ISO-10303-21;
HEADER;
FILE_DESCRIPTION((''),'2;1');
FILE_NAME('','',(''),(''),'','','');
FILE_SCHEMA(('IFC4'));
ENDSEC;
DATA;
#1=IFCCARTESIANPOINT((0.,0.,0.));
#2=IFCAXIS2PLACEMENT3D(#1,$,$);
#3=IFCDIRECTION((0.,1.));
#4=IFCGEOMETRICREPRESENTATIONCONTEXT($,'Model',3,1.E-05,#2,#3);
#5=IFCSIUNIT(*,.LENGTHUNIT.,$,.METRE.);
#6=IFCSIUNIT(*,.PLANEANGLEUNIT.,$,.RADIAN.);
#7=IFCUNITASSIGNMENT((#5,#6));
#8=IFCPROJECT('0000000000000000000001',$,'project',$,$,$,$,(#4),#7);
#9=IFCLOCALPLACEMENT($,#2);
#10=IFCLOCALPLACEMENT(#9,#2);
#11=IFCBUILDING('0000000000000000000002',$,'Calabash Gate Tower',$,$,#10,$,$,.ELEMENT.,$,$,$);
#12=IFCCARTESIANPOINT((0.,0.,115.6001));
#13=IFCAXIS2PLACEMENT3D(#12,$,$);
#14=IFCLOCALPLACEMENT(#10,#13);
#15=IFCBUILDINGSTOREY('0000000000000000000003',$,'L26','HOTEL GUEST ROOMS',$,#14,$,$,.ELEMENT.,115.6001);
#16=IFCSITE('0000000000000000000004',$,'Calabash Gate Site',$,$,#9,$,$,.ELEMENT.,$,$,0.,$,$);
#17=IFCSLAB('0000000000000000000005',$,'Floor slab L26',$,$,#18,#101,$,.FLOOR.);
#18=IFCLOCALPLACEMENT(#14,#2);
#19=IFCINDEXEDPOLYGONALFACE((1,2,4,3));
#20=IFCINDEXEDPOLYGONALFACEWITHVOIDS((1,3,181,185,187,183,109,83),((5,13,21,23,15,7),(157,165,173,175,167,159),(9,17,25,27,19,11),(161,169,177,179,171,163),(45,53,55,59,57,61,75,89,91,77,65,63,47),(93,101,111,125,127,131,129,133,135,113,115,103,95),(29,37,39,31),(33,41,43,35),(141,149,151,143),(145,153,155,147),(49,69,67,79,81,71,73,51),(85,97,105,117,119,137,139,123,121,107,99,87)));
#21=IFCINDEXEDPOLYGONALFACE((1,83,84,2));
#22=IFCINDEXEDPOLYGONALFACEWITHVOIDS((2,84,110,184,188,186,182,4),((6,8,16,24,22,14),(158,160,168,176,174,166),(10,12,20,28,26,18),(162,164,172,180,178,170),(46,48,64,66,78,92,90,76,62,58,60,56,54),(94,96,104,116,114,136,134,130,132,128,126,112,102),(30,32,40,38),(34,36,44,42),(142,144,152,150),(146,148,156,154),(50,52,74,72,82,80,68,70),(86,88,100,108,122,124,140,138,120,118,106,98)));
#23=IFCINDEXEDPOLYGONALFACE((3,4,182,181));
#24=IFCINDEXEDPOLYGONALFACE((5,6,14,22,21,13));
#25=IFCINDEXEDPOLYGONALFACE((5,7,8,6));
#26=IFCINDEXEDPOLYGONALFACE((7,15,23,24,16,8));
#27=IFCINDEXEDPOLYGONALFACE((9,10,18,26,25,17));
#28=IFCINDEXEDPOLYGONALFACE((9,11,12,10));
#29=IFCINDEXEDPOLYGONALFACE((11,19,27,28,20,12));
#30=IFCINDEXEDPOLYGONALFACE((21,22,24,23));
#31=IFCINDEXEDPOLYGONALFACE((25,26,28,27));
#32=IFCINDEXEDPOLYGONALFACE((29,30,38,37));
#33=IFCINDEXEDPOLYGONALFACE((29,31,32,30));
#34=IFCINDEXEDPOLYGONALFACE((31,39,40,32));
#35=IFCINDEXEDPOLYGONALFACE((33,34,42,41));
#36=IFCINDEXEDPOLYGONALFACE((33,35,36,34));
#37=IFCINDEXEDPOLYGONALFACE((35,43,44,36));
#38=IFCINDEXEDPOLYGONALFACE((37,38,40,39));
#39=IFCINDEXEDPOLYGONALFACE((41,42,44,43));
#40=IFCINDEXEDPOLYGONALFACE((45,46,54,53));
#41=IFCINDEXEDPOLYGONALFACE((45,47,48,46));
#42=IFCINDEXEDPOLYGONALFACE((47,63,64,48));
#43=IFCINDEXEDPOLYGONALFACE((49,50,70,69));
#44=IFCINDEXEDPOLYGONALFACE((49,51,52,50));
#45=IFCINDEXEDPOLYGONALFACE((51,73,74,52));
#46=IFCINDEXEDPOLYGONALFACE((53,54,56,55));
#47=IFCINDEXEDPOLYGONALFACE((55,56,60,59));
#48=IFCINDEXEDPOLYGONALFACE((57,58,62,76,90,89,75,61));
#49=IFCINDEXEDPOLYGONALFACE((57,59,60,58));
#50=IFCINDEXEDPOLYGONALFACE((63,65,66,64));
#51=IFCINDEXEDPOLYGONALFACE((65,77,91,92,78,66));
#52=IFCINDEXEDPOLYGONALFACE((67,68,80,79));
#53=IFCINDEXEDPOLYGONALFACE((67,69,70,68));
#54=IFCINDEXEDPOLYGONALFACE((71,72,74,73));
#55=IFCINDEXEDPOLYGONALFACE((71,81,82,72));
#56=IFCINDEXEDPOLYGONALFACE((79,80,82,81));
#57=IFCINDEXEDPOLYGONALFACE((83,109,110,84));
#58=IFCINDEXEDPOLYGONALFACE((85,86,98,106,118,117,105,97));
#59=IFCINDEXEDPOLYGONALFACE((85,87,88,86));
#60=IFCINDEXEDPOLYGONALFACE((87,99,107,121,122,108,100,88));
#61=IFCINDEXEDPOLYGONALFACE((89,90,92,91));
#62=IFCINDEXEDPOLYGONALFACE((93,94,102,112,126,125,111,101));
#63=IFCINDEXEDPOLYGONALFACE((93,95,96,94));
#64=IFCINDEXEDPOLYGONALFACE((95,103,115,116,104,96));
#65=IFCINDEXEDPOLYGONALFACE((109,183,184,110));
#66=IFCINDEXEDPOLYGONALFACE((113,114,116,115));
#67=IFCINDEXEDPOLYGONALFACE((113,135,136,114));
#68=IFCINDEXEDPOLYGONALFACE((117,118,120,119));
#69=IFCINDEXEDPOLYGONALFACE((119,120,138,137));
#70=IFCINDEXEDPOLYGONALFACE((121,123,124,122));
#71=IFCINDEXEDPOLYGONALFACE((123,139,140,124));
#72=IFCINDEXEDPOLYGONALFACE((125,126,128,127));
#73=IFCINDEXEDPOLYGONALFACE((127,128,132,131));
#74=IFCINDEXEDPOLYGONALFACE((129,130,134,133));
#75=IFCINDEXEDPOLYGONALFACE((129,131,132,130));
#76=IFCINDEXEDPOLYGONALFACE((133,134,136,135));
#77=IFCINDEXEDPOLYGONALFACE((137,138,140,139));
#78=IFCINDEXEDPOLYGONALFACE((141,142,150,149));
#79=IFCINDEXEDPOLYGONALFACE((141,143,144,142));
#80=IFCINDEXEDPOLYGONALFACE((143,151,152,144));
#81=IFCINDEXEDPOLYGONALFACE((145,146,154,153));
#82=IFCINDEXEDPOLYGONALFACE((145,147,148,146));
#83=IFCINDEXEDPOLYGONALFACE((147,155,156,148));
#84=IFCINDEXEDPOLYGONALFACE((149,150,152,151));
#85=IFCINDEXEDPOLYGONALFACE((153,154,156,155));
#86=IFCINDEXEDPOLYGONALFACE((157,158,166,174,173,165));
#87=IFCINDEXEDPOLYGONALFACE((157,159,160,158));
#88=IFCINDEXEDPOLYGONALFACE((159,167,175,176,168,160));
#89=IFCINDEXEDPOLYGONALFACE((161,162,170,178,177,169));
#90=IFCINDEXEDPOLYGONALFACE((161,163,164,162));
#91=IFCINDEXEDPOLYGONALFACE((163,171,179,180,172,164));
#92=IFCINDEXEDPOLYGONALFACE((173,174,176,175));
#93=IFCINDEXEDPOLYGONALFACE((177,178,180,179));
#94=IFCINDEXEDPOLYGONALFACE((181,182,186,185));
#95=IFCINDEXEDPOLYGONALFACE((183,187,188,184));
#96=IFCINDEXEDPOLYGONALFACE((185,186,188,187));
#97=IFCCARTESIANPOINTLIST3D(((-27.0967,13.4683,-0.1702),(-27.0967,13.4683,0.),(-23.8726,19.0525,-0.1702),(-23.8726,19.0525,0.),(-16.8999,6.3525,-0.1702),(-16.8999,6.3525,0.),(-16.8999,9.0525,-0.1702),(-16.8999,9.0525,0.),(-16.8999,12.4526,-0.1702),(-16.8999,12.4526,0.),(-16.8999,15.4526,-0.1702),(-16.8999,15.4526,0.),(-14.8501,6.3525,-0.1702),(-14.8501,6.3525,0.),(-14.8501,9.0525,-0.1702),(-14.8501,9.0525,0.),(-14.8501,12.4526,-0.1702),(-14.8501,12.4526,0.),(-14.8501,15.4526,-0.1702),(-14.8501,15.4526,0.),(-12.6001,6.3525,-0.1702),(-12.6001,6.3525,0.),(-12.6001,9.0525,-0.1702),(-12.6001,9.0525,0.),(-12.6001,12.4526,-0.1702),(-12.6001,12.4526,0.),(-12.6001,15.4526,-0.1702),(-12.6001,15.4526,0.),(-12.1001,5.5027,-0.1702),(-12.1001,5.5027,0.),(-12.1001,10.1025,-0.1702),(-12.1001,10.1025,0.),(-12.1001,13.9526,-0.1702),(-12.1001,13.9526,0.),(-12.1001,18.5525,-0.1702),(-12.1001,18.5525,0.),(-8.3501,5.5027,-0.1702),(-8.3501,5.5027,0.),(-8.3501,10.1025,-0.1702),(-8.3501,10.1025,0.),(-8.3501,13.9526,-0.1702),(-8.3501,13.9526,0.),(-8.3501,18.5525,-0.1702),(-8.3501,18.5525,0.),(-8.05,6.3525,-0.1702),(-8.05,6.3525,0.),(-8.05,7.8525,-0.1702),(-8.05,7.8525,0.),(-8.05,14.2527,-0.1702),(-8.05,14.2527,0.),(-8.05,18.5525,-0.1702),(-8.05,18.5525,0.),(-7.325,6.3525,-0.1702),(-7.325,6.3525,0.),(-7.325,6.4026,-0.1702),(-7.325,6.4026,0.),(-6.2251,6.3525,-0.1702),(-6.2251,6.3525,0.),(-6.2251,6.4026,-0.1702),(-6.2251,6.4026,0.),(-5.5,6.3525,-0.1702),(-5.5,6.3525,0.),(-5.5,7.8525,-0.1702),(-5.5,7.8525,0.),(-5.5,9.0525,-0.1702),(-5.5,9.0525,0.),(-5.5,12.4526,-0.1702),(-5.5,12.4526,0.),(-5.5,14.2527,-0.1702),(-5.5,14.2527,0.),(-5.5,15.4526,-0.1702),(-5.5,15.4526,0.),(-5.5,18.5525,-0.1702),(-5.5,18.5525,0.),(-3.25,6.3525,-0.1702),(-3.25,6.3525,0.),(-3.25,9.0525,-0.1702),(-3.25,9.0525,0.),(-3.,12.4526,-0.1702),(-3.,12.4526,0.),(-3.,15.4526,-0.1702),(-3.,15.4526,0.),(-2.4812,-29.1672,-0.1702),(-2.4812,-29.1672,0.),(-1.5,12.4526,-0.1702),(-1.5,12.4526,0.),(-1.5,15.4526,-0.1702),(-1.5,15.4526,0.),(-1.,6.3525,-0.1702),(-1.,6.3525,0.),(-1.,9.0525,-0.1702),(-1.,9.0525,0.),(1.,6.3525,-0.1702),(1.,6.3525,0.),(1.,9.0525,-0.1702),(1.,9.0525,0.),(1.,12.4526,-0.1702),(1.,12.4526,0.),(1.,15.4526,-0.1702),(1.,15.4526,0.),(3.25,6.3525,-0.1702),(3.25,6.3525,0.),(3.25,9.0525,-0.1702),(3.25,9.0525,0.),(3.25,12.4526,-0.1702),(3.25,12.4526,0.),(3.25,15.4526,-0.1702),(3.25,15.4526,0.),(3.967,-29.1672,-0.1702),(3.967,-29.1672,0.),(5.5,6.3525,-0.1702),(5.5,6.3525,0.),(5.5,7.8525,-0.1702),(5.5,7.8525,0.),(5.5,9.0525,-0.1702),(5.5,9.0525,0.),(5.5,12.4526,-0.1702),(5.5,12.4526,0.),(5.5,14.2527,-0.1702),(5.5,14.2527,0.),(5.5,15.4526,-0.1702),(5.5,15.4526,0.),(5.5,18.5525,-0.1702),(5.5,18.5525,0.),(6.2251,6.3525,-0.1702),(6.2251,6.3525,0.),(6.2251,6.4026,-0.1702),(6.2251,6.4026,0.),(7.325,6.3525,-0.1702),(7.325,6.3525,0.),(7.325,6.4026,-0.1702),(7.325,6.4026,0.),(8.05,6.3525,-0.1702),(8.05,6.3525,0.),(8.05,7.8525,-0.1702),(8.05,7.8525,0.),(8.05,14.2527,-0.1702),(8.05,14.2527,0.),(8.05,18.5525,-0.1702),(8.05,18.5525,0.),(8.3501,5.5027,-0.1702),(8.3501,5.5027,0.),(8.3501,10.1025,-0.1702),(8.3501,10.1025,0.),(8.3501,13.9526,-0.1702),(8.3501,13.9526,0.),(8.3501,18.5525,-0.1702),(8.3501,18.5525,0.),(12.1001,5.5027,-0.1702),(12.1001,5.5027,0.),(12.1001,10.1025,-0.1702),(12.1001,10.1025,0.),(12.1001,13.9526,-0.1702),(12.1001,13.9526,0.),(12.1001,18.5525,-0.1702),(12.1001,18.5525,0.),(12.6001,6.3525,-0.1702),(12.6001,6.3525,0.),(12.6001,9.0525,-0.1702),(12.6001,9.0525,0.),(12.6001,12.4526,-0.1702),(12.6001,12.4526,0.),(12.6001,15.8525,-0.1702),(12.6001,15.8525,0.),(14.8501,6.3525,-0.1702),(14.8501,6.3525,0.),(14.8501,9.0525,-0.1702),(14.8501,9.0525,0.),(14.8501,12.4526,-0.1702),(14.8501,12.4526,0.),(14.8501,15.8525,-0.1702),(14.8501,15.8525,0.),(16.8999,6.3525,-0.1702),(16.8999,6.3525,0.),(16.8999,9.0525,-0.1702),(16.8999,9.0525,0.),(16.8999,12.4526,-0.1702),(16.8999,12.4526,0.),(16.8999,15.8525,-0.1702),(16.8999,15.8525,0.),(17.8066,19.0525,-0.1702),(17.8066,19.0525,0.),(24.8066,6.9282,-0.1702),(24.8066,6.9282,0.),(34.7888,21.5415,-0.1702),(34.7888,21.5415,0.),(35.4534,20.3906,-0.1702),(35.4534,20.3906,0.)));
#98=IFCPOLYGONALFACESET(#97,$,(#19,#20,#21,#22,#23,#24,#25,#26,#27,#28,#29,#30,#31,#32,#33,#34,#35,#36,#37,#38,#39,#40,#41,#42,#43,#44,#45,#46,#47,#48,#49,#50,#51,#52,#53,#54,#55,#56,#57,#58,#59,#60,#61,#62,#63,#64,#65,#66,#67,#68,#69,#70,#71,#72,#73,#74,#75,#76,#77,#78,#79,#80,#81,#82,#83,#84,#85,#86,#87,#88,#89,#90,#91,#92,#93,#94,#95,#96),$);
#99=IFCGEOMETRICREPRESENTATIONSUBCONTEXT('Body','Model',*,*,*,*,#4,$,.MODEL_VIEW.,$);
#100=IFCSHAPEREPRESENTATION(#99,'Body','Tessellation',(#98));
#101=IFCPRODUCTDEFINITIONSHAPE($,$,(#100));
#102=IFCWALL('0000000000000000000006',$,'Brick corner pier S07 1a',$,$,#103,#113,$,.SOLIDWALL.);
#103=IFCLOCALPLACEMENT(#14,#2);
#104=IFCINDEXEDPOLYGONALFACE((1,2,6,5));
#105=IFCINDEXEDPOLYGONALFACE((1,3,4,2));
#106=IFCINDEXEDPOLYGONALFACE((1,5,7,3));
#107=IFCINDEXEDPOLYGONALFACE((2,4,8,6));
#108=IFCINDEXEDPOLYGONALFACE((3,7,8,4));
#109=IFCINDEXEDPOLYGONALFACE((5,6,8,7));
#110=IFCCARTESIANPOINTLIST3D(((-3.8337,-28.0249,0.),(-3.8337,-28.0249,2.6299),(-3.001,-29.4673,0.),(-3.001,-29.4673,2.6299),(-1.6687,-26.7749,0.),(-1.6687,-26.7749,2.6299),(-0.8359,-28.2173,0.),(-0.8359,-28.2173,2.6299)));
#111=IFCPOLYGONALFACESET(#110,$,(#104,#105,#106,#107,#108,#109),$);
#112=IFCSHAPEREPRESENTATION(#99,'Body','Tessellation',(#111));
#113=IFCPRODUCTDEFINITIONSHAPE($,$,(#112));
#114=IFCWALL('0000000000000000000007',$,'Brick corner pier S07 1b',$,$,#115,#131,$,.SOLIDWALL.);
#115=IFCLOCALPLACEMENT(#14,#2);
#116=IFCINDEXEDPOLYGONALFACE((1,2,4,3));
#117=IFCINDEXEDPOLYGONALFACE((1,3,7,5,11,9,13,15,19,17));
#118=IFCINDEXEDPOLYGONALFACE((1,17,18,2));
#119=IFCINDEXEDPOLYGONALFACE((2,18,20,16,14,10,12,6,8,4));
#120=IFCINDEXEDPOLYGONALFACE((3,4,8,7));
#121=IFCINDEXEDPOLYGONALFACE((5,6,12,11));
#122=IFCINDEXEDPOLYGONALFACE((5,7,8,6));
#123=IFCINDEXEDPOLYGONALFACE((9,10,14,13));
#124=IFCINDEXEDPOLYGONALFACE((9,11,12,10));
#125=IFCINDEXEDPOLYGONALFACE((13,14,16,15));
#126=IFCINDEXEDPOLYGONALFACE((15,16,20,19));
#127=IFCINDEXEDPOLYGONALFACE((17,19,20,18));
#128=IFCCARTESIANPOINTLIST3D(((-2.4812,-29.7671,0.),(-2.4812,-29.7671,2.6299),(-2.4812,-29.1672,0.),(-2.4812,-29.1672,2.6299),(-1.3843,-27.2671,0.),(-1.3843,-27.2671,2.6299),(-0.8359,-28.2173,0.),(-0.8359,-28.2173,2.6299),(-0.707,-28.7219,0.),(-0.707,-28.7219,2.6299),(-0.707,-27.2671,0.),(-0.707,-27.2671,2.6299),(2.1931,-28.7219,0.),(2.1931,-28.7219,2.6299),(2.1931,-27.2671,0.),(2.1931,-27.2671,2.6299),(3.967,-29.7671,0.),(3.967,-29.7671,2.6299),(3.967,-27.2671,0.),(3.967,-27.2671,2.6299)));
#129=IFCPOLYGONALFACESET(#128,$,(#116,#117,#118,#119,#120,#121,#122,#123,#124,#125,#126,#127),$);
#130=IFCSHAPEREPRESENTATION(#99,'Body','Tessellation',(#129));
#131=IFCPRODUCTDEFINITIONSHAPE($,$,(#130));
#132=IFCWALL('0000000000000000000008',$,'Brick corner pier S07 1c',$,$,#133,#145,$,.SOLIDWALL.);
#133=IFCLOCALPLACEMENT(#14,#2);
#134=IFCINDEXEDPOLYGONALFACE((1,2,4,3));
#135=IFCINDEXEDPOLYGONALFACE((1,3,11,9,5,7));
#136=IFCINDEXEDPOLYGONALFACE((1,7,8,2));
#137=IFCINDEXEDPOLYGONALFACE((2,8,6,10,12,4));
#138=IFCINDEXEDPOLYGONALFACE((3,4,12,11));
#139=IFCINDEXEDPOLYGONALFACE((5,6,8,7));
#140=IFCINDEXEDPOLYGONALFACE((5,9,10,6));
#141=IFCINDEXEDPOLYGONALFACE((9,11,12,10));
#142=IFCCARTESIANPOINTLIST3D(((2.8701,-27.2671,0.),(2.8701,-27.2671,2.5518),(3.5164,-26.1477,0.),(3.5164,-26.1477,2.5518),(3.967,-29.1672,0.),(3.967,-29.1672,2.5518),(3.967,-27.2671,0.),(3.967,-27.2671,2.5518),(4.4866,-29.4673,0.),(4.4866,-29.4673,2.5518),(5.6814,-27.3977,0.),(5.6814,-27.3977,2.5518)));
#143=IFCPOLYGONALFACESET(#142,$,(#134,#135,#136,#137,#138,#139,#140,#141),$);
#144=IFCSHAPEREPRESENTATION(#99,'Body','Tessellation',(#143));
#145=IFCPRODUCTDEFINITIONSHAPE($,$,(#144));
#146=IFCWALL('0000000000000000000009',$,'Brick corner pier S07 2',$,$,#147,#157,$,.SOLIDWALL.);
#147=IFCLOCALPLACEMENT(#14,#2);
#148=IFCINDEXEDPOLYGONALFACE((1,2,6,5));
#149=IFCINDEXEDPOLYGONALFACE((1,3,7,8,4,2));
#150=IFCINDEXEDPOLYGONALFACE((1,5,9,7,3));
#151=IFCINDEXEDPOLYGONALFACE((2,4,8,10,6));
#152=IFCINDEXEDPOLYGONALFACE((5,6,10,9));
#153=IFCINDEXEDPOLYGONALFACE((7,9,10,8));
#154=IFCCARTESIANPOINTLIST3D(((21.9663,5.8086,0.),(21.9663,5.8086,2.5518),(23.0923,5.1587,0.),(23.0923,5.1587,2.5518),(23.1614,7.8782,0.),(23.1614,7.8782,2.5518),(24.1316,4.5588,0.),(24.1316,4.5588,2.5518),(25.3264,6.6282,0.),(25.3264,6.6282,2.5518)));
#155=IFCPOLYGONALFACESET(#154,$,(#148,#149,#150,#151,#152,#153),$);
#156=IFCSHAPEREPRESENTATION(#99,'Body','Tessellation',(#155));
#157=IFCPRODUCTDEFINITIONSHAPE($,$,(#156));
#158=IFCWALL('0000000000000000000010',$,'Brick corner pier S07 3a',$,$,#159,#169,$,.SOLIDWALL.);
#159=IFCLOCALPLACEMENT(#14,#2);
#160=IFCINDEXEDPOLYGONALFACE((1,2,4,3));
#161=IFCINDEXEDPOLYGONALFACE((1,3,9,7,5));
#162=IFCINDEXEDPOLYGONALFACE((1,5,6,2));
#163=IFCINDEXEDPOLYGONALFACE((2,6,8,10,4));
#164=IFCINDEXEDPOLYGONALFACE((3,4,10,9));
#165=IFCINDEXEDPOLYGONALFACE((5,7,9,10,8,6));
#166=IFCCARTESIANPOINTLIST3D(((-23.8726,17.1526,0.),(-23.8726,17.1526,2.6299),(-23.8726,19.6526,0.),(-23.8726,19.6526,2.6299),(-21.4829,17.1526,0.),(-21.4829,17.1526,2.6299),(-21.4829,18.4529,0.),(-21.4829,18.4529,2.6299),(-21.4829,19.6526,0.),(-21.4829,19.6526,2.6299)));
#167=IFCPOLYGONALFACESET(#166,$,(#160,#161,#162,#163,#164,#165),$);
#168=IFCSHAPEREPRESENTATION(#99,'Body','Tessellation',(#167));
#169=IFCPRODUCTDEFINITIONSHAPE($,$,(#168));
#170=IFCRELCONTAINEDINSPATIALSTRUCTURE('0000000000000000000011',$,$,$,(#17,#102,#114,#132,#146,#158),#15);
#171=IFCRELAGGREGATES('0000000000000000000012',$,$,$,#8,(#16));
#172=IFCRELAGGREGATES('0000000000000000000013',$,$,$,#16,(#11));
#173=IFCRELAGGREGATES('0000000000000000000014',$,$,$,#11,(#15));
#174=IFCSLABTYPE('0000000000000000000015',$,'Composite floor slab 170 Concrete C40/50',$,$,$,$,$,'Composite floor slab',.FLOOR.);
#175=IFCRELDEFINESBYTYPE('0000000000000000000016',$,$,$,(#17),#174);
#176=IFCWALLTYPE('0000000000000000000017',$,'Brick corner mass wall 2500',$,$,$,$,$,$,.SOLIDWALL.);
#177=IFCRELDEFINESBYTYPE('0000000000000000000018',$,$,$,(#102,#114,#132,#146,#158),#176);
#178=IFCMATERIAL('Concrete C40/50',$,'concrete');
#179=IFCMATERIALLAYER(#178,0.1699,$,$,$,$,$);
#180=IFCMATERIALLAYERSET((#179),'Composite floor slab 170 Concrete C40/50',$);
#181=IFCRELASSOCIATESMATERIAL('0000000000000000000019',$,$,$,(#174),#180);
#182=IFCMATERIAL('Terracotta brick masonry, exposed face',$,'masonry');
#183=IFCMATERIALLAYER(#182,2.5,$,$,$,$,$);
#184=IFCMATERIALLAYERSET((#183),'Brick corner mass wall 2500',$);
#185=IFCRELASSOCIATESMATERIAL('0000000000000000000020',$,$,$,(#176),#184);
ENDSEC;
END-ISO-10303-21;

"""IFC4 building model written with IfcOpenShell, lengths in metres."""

from ifc_helpers import new_model, si_unit, direction, frame, origin, place, context, subcontext, project, spatial, polyline, outline, extrude, material, layer, layer_set, type_object, element, save


model = new_model("IFC4")

# Units and contexts
model_context = context("Model", 3, precision=1e-05, world=origin(), true_north=direction((0.0, 1.0)))
body_context = subcontext(model_context, "Body", "Model", "MODEL_VIEW")
ifc_project = project(units=[si_unit("LENGTHUNIT", "METRE"), si_unit("PLANEANGLEUNIT", "RADIAN")], contexts=[model_context])

# Site, building, storey
site_placement = place(None, origin())
site = spatial("IfcSite", under=ifc_project, at=site_placement, Name="Calabash Gate Site", CompositionType="ELEMENT", RefElevation=0.0)
building_placement = place(site_placement, origin())
building = spatial("IfcBuilding", under=site, at=building_placement, Name="Calabash Gate Tower", CompositionType="ELEMENT")
storey_placement = place(building_placement, frame((0.0, 0.0, 115.6001)))
storey = spatial("IfcBuildingStorey", under=building, at=storey_placement, Name="L26", Description="HOTEL GUEST ROOMS", CompositionType="ELEMENT", Elevation=115.6001)

# Slab
ifc_material_1 = material(Name="Concrete C40/50", Category="concrete")
ifc_layer_1 = layer(ifc_material_1, 0.1699)
ifc_layer_set_1 = layer_set([ifc_layer_1], Name="Composite floor slab 170 Concrete C40/50")
slab_type = type_object("IfcSlabType", Name="Composite floor slab 170 Concrete C40/50", ElementType="Composite floor slab", PredefinedType="FLOOR", material=ifc_layer_set_1)
slab_placement = place(storey_placement, frame((0.0, 0.0, -0.1702)))
element("IfcSlab", 1, at=slab_placement, inside=storey, type_object=slab_type, Name="Floor slab L26", PredefinedType="FLOOR", context=body_context, shape_type="SweptSolid", body=[
    extrude(outline(polyline([(-27.0967, 13.4683), (-23.8726, 19.0525), (17.8066, 19.0525), (34.7888, 21.5415), (35.4534, 20.3906), (24.8066, 6.9282), (3.967, -29.1672), (-2.4812, -29.1672), (-27.0967, 13.4683)]), holes=[polyline([(-5.5, 9.0525), (-5.5, 7.8525), (-8.05, 7.8525), (-8.05, 6.3525), (-7.325, 6.3525), (-7.325, 6.4026), (-6.2251, 6.4026), (-6.2251, 6.3525), (-5.5, 6.3525), (-3.25, 6.3525), (-1.0, 6.3525), (-1.0, 9.0525), (-3.25, 9.0525), (-5.5, 9.0525)]), polyline([(5.5, 9.0525), (3.25, 9.0525), (1.0, 9.0525), (1.0, 6.3525), (3.25, 6.3525), (5.5, 6.3525), (6.2251, 6.3525), (6.2251, 6.4026), (7.325, 6.4026), (7.325, 6.3525), (8.05, 6.3525), (8.05, 7.8525), (5.5, 7.8525), (5.5, 9.0525)]), polyline([(-5.5, 14.2527), (-5.5, 12.4526), (-3.0, 12.4526), (-3.0, 15.4526), (-5.5, 15.4526), (-5.5, 18.5525), (-8.05, 18.5525), (-8.05, 14.2527), (-5.5, 14.2527)]), polyline([(8.05, 18.5525), (5.5, 18.5525), (5.5, 15.4526), (3.25, 15.4526), (1.0, 15.4526), (-1.5, 15.4526), (-1.5, 12.4526), (1.0, 12.4526), (3.25, 12.4526), (5.5, 12.4526), (5.5, 14.2527), (8.05, 14.2527), (8.05, 18.5525)]), polyline([(-12.6001, 6.3525), (-12.6001, 9.0525), (-14.8501, 9.0525), (-16.8999, 9.0525), (-16.8999, 6.3525), (-14.8501, 6.3525), (-12.6001, 6.3525)]), polyline([(-14.8501, 12.4526), (-12.6001, 12.4526), (-12.6001, 15.4526), (-14.8501, 15.4526), (-16.8999, 15.4526), (-16.8999, 12.4526), (-14.8501, 12.4526)]), polyline([(14.8501, 6.3525), (16.8999, 6.3525), (16.8999, 9.0525), (14.8501, 9.0525), (12.6001, 9.0525), (12.6001, 6.3525), (14.8501, 6.3525)]), polyline([(14.8501, 12.4526), (16.8999, 12.4526), (16.8999, 15.8525), (14.8501, 15.8525), (12.6001, 15.8525), (12.6001, 12.4526), (14.8501, 12.4526)]), polyline([(-8.3501, 18.5525), (-12.1001, 18.5525), (-12.1001, 13.9526), (-8.3501, 13.9526), (-8.3501, 18.5525)]), polyline([(-12.1001, 10.1025), (-12.1001, 5.5027), (-8.3501, 5.5027), (-8.3501, 10.1025), (-12.1001, 10.1025)]), polyline([(8.3501, 13.9526), (12.1001, 13.9526), (12.1001, 18.5525), (8.3501, 18.5525), (8.3501, 13.9526)]), polyline([(12.1001, 5.5027), (12.1001, 10.1025), (8.3501, 10.1025), (8.3501, 5.5027), (12.1001, 5.5027)])]), origin(), (0.0, 0.0, 1.0), 0.1702),
])

# Walls
ifc_material_2 = material(Name="Terracotta brick masonry, exposed face", Category="masonry")
ifc_layer_2 = layer(ifc_material_2, 2.5)
ifc_layer_set_2 = layer_set([ifc_layer_2], Name="Brick corner mass wall 2500")
wall_type_1 = type_object("IfcWallType", Name="Brick corner mass wall 2500", PredefinedType="SOLIDWALL", material=ifc_layer_set_2)
wall_1_placement = place(storey_placement, origin())
element("IfcWall", 2, at=wall_1_placement, inside=storey, type_object=wall_type_1, Name="Brick corner pier S07 1a", PredefinedType="SOLIDWALL", context=body_context, shape_type="SweptSolid", body=[
    extrude(outline(polyline([(-0.8359, -28.2173), (-1.6687, -26.7749), (-3.8337, -28.0249), (-3.001, -29.4673), (-0.8359, -28.2173)])), origin(), (0.0, 0.0, 1.0), 2.6299),
])
wall_2_placement = place(storey_placement, origin())
element("IfcWall", 3, at=wall_2_placement, inside=storey, type_object=wall_type_1, Name="Brick corner pier S07 1b", PredefinedType="SOLIDWALL", context=body_context, shape_type="SweptSolid", body=[
    extrude(outline(polyline([(-1.3843, -27.2671), (-0.8359, -28.2173), (-2.4812, -29.1672), (-2.4812, -29.7671), (3.967, -29.7671), (3.967, -27.2671), (2.1931, -27.2671), (2.1931, -28.7219), (-0.707, -28.7219), (-0.707, -27.2671), (-1.3843, -27.2671)])), origin(), (0.0, 0.0, 1.0), 2.6299),
])
wall_3_placement = place(storey_placement, origin())
element("IfcWall", 4, at=wall_3_placement, inside=storey, type_object=wall_type_1, Name="Brick corner pier S07 1c", PredefinedType="SOLIDWALL", context=body_context, shape_type="SweptSolid", body=[
    extrude(outline(polyline([(5.6814, -27.3977), (3.5164, -26.1477), (2.8701, -27.2671), (3.967, -27.2671), (3.967, -29.1672), (4.4866, -29.4673), (5.6814, -27.3977)])), origin(), (0.0, 0.0, 1.0), 2.5518),
])
wall_4_placement = place(storey_placement, origin())
element("IfcWall", 5, at=wall_4_placement, inside=storey, type_object=wall_type_1, Name="Brick corner pier S07 2", PredefinedType="SOLIDWALL", context=body_context, shape_type="SweptSolid", body=[
    extrude(outline(polyline([(21.9663, 5.8086), (23.0923, 5.1587), (23.0923, 5.1587), (24.1316, 4.5588), (25.3264, 6.6282), (23.1614, 7.8782), (21.9663, 5.8086)])), origin(), (0.0, 0.0, 1.0), 2.5518),
])
wall_5_placement = place(storey_placement, origin())
element("IfcWall", 6, at=wall_5_placement, inside=storey, type_object=wall_type_1, Name="Brick corner pier S07 3a", PredefinedType="SOLIDWALL", context=body_context, shape_type="SweptSolid", body=[
    extrude(outline(polyline([(-23.8726, 17.1526), (-21.4829, 17.1526), (-21.4829, 18.4529), (-21.4829, 18.4529), (-21.4829, 19.6526), (-23.8726, 19.6526), (-23.8726, 17.1526)])), origin(), (0.0, 0.0, 1.0), 2.6299),
])

save(model, "model.ifc")
